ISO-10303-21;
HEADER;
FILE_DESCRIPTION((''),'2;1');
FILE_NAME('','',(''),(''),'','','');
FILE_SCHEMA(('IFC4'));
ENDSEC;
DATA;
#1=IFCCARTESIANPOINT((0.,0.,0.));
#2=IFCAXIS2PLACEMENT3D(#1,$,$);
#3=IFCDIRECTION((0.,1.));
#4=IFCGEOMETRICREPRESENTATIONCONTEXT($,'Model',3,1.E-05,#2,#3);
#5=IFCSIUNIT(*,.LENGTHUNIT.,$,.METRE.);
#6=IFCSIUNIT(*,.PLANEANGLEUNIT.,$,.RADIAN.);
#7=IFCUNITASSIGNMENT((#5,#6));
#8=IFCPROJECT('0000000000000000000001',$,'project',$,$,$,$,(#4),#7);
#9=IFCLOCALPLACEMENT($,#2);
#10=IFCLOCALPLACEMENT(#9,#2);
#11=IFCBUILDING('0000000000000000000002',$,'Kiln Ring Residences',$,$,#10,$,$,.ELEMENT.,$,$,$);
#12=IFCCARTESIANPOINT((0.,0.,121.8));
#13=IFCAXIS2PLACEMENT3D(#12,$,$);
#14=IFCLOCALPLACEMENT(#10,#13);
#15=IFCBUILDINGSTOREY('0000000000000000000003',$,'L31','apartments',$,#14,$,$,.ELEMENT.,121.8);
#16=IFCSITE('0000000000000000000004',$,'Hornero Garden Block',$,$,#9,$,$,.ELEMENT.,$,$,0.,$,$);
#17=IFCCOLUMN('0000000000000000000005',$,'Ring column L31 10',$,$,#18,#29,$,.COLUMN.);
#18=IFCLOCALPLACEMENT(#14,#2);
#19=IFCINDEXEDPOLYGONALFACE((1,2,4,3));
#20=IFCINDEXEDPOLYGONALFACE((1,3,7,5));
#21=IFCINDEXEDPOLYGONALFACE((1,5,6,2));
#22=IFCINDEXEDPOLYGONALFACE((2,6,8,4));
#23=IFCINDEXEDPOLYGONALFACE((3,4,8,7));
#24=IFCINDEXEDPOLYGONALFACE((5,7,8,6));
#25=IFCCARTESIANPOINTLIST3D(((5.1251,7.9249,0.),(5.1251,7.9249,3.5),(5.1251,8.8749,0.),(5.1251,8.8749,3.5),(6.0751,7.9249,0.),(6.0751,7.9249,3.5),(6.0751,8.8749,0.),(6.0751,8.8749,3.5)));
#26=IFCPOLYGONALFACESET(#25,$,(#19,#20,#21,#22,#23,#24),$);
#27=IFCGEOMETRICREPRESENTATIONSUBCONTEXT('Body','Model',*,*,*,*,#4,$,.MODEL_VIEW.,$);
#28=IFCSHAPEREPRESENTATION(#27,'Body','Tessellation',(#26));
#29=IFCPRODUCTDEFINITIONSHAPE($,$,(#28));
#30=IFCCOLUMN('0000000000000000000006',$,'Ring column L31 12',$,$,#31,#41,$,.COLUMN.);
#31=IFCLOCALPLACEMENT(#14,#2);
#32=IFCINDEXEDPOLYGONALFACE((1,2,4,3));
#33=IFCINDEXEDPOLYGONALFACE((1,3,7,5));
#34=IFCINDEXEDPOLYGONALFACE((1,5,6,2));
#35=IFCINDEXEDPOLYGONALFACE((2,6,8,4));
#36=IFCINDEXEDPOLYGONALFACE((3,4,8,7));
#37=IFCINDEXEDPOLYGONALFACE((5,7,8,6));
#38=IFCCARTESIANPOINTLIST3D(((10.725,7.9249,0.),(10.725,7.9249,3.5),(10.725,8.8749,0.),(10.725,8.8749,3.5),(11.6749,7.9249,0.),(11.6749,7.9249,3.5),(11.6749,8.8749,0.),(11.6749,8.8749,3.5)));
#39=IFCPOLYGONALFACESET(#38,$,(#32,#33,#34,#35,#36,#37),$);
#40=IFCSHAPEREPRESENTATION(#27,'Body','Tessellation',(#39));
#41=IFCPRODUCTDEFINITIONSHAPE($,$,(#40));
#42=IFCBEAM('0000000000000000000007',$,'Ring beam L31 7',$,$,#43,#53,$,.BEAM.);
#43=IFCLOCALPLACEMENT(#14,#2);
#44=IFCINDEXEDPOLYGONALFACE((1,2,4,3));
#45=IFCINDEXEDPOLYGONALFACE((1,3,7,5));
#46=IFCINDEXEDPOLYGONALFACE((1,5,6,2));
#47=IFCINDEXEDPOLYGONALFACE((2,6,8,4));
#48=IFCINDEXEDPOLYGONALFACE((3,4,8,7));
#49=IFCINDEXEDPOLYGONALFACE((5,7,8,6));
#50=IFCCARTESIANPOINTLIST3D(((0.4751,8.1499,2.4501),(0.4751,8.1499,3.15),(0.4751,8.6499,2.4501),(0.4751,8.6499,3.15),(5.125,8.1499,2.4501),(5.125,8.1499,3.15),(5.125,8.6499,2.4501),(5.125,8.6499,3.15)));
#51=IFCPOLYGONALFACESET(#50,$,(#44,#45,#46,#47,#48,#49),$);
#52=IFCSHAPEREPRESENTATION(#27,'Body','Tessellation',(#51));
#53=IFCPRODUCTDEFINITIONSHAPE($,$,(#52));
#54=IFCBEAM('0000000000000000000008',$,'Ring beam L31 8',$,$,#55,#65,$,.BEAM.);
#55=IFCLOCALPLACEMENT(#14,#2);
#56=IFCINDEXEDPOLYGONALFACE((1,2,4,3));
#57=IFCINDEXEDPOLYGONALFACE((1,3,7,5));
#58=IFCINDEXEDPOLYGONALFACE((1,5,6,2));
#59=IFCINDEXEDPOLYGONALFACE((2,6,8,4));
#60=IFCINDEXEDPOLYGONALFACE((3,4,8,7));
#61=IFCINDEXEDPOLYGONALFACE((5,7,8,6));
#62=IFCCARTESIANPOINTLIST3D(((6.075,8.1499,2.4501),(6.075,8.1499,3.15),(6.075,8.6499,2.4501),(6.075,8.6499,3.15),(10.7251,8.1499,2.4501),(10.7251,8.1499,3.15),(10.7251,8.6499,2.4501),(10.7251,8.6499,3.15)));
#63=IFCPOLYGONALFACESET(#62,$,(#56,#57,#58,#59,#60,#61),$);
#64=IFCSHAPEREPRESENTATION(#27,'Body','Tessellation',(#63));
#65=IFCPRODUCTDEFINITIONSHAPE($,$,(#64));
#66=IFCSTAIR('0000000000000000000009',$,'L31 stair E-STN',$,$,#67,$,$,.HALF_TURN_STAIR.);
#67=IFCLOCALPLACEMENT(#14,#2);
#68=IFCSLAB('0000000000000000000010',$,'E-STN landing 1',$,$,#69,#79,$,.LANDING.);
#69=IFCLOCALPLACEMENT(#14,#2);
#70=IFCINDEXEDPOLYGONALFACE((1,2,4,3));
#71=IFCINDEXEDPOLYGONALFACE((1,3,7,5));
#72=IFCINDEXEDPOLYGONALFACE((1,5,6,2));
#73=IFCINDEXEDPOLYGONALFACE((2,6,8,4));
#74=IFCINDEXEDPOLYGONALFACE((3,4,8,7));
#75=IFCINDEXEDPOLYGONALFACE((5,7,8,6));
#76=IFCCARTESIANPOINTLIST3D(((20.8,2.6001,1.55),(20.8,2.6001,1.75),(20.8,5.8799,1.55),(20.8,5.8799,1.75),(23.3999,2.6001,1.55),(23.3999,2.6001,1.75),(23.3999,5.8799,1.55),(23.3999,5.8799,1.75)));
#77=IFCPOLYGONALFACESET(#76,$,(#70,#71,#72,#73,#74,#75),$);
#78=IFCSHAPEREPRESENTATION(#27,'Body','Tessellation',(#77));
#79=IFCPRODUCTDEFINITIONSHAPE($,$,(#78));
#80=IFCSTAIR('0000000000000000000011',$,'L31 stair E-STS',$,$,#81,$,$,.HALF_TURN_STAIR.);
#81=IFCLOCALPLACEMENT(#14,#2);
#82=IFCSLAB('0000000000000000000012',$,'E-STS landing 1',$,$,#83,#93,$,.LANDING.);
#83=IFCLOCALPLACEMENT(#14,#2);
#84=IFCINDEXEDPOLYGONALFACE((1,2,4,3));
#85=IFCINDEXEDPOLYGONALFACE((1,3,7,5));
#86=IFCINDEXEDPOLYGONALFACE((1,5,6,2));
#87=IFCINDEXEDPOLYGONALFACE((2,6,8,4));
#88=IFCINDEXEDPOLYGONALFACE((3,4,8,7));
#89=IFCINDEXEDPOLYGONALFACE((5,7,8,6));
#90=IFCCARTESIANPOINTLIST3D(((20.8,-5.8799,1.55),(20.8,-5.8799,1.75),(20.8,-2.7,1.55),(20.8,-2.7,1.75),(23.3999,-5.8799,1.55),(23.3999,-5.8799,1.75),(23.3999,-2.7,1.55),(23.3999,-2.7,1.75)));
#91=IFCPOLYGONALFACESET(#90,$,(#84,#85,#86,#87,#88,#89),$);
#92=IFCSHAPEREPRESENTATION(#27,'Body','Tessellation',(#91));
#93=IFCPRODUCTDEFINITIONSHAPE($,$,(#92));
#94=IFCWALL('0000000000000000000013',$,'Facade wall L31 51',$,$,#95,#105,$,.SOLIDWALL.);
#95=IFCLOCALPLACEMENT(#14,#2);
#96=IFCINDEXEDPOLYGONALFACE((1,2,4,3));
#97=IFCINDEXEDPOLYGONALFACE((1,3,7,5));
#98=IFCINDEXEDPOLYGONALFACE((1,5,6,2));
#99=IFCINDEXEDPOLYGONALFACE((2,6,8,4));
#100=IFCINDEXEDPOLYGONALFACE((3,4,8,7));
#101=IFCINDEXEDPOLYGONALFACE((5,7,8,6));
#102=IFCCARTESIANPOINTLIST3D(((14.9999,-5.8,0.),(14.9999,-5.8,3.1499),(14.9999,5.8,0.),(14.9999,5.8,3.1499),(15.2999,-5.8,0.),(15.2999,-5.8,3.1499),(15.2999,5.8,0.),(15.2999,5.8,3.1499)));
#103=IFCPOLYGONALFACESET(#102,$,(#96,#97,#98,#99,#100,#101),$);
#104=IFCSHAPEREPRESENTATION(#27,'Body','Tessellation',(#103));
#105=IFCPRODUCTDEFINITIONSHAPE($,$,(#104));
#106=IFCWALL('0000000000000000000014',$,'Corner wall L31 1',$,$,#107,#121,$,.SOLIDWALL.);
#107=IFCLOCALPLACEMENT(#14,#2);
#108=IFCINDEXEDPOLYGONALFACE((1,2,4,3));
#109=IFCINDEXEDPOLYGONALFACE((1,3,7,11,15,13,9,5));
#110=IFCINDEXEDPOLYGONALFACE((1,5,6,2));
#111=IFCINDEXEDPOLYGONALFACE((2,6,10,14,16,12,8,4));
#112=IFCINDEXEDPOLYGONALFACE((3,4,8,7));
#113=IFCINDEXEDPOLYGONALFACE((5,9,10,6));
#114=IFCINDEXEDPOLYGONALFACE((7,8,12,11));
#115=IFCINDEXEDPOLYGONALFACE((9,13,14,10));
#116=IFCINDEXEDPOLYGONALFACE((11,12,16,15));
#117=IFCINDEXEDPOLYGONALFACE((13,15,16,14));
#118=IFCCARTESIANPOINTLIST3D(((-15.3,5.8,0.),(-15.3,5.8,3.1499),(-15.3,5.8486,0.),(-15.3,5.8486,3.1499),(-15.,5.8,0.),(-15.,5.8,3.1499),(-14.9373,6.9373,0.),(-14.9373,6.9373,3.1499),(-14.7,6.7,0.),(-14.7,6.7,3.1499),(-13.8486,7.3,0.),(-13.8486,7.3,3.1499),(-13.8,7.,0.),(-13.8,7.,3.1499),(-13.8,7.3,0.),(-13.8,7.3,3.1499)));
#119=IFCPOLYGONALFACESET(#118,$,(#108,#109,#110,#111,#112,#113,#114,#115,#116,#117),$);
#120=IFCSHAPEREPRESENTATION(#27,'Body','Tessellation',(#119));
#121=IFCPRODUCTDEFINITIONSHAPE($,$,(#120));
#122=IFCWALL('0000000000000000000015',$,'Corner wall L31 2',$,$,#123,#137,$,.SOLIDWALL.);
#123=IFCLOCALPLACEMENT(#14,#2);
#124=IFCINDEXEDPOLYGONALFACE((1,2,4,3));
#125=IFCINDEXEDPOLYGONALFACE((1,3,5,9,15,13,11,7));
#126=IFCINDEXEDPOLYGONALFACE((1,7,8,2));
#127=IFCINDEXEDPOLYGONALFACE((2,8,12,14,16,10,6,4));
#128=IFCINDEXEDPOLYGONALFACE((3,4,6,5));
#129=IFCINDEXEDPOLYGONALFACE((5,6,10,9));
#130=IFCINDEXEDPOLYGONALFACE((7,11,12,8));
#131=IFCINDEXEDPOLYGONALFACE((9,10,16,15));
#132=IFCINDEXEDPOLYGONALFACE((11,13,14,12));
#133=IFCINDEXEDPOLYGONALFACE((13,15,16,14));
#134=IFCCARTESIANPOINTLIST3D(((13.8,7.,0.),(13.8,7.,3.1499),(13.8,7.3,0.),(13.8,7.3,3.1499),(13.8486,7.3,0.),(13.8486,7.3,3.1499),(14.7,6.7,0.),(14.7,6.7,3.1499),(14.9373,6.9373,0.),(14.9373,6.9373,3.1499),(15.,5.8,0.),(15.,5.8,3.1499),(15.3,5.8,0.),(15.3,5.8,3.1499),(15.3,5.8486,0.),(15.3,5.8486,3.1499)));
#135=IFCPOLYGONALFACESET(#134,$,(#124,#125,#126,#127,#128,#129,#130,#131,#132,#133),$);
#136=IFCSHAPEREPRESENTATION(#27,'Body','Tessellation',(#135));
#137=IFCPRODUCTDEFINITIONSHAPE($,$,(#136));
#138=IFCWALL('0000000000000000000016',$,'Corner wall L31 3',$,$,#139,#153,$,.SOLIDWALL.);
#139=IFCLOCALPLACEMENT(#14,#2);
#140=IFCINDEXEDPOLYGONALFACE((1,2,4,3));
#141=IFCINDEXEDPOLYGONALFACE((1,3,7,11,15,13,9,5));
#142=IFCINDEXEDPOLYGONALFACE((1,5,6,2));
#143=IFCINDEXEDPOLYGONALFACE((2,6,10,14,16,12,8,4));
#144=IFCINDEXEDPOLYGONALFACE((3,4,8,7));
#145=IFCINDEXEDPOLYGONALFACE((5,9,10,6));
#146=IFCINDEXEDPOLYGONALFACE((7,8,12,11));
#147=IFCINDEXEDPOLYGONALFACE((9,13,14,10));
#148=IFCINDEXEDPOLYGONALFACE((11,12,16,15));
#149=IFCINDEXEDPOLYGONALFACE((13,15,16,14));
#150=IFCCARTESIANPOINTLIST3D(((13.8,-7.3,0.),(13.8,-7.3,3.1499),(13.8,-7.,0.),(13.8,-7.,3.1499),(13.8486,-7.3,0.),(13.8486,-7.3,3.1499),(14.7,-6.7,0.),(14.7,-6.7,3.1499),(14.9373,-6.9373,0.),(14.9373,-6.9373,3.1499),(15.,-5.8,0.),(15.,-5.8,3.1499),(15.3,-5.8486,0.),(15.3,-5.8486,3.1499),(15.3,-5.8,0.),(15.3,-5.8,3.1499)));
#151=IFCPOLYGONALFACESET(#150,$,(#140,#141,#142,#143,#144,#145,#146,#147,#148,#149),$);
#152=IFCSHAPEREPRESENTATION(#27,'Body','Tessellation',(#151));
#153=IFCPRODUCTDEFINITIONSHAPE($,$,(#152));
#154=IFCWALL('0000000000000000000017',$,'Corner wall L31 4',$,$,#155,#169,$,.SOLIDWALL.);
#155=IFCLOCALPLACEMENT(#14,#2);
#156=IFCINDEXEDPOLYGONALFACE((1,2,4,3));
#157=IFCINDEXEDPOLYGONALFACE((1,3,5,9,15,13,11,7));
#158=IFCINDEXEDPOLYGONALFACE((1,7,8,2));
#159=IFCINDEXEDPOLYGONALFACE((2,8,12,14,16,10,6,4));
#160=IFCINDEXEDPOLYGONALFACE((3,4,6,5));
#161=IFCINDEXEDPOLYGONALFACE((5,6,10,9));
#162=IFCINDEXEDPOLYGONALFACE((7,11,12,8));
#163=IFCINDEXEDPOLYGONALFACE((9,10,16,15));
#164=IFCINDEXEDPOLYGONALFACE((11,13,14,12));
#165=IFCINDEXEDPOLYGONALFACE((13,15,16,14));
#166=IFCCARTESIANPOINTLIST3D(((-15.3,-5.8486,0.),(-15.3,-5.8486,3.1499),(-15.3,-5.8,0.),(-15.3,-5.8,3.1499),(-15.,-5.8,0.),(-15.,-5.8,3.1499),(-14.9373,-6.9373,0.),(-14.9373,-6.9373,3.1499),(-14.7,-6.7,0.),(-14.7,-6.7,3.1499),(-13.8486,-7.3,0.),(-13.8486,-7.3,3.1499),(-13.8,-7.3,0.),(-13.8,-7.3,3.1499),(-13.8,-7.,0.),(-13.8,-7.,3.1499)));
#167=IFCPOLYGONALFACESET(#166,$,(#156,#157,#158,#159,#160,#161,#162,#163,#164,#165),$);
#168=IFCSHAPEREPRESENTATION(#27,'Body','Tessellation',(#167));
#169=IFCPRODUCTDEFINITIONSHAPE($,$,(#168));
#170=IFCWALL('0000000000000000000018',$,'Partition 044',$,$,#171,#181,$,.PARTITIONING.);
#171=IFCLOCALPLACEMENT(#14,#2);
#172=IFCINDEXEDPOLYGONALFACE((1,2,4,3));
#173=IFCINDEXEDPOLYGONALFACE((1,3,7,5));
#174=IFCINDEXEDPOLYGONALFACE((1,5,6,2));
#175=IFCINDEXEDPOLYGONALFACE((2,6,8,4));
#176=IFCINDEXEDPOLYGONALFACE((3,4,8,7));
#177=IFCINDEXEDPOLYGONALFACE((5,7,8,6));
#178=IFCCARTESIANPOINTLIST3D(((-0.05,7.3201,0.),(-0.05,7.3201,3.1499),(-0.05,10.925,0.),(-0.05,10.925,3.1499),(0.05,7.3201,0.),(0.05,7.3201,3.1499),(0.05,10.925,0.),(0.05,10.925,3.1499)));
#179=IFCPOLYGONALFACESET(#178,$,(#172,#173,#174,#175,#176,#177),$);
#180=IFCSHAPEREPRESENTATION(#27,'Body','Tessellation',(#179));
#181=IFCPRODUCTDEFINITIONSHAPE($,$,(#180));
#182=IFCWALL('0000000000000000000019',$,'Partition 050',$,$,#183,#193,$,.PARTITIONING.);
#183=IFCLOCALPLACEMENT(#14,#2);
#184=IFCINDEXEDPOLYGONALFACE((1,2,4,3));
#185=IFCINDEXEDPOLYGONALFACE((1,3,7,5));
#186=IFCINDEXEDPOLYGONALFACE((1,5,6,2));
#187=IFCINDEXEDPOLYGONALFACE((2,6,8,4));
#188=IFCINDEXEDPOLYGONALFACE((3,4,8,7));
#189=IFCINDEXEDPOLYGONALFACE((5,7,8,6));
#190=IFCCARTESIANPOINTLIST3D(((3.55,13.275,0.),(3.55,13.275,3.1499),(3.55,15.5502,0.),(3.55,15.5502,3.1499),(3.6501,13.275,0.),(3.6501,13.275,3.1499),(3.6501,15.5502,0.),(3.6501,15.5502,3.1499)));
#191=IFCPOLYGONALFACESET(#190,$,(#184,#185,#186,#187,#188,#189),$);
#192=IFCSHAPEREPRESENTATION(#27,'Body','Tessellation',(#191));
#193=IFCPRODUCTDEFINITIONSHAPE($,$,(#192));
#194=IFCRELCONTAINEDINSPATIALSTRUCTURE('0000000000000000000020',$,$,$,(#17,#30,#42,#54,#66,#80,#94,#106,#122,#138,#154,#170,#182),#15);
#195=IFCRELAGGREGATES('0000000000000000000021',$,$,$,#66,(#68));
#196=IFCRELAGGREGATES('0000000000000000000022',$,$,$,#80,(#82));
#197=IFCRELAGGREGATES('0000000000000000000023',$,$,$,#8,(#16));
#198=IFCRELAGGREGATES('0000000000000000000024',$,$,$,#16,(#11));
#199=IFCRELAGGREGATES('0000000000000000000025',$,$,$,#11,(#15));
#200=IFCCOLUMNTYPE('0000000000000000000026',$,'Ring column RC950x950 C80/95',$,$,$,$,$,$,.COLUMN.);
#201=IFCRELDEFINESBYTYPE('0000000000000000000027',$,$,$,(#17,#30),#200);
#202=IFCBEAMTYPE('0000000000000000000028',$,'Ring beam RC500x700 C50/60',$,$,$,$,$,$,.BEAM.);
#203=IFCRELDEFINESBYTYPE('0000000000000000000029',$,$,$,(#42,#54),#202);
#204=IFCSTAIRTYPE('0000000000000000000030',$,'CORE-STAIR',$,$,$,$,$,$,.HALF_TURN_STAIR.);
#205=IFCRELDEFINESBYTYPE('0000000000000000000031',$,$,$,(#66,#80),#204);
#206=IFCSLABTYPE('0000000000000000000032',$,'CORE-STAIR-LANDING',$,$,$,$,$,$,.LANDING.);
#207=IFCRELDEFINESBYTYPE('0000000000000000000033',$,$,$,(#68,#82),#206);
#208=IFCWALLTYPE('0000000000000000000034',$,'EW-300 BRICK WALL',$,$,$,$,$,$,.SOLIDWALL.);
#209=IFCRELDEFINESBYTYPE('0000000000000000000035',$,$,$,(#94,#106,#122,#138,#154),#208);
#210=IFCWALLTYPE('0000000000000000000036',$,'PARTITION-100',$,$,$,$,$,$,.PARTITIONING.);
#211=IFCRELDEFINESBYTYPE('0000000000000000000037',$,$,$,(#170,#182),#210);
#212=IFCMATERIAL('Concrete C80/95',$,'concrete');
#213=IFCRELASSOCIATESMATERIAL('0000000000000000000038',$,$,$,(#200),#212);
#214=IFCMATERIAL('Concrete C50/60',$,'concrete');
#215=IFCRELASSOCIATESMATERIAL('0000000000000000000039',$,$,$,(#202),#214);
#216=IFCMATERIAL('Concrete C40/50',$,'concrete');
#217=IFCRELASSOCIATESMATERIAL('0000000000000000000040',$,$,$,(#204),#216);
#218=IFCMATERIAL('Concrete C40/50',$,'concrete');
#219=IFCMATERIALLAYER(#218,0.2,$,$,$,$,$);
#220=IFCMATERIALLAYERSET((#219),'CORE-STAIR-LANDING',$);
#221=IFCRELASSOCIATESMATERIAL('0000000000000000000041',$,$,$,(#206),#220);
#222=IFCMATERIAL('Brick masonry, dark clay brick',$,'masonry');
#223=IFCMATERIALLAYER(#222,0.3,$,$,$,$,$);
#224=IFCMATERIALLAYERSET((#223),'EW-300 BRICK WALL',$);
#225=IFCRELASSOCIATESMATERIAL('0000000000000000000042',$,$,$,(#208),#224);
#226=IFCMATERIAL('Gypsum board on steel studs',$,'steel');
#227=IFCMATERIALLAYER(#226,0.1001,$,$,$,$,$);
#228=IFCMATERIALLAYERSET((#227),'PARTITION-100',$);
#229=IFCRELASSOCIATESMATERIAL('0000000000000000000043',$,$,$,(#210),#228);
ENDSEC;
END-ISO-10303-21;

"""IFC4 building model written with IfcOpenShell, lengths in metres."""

from ifc_helpers import new_model, si_unit, direction, frame, frame_2d, origin, origin_2d, place, context, subcontext, project, spatial, polyline, rectangle, outline, extrude, material, layer, layer_set, material_profile, profile_set, type_object, element, aggregate, save


model = new_model("IFC4")

# Units and contexts
model_context = context("Model", 3, precision=1e-05, world=origin(), true_north=direction((0.0, 1.0)))
body_context = subcontext(model_context, "Body", "Model", "MODEL_VIEW")
ifc_project = project(units=[si_unit("LENGTHUNIT", "METRE"), si_unit("PLANEANGLEUNIT", "RADIAN")], contexts=[model_context])

# Site, building, storey
site_placement = place(None, origin())
site = spatial("IfcSite", under=ifc_project, at=site_placement, Name="Hornero Garden Block", CompositionType="ELEMENT", RefElevation=0.0)
building_placement = place(site_placement, origin())
building = spatial("IfcBuilding", under=site, at=building_placement, Name="Kiln Ring Residences", CompositionType="ELEMENT")
storey_placement = place(building_placement, frame((0.0, 0.0, 121.8)))
storey = spatial("IfcBuildingStorey", under=building, at=storey_placement, Name="L31", Description="apartments", CompositionType="ELEMENT", Elevation=121.8)

# Columns
ifc_material_1 = material(Name="Concrete C80/95", Category="concrete")
ifc_material_profile_1 = material_profile(ifc_material_1, rectangle(XDim=0.95, YDim=0.95, at=origin_2d()), Name="RC950x950")
ifc_profile_set_1 = profile_set([ifc_material_profile_1], Name="Concrete C80/95")
column_type = type_object("IfcColumnType", Name="Ring column RC950x950 C80/95", PredefinedType="COLUMN", material=ifc_profile_set_1)
for number, where, z_axis, x_axis, name in (
    (1, (5.6001, 8.3999, 0.0), (0.0, 0.0, 1.0), (1.0, 0.0, 0.0), "Ring column L31 10"),
    (2, (11.2, 8.3999, 0.0), (0.0, 0.0, 1.0), (1.0, 0.0, 0.0), "Ring column L31 12"),
):
    element("IfcColumn", number, at=place(storey_placement, frame(where, z_axis=z_axis, x_axis=x_axis)), inside=storey, type_object=column_type, Name=name, PredefinedType="COLUMN", context=body_context, shape_type="SweptSolid", body=[
        extrude(rectangle(XDim=0.95, YDim=0.95, at=origin_2d()), origin(), (0.0, 0.0, 1.0), 3.5),
    ])

# Beams
ifc_material_2 = material(Name="Concrete C50/60", Category="concrete")
ifc_material_profile_2 = material_profile(ifc_material_2, rectangle(XDim=0.5, YDim=0.7, at=origin_2d()), Name="RC500x700")
ifc_profile_set_2 = profile_set([ifc_material_profile_2], Name="Concrete C50/60")
beam_type = type_object("IfcBeamType", Name="Ring beam RC500x700 C50/60", PredefinedType="BEAM", material=ifc_profile_set_2)
beam_1_placement = place(storey_placement, frame((0.4751, 8.3999, 2.8), z_axis=(1.0, 0.0, 0.0), x_axis=(0.0, 1.0, 0.0)))
element("IfcBeam", 3, at=beam_1_placement, inside=storey, type_object=beam_type, Name="Ring beam L31 7", PredefinedType="BEAM", context=body_context, shape_type="SweptSolid", body=[
    extrude(rectangle(XDim=0.5, YDim=0.7, at=origin_2d()), origin(), (0.0, 0.0, 1.0), 4.6499),
])
beam_2_placement = place(storey_placement, frame((6.075, 8.3999, 2.8), z_axis=(1.0, 0.0, 0.0), x_axis=(0.0, 1.0, 0.0)))
element("IfcBeam", 4, at=beam_2_placement, inside=storey, type_object=beam_type, Name="Ring beam L31 8", PredefinedType="BEAM", context=body_context, shape_type="SweptSolid", body=[
    extrude(rectangle(XDim=0.5, YDim=0.7, at=origin_2d()), origin(), (0.0, 0.0, 1.0), 4.6501),
])

# Stairs, slabs
ifc_material_3 = material(Name="Concrete C40/50", Category="concrete")
stair_type = type_object("IfcStairType", Name="CORE-STAIR", PredefinedType="HALF_TURN_STAIR", material=ifc_material_3)
placement_1 = place(storey_placement, origin())
stair_1 = element("IfcStair", 5, at=placement_1, inside=storey, type_object=stair_type, Name="L31 stair E-STN", PredefinedType="HALF_TURN_STAIR")
ifc_material_4 = material(Name="Concrete C40/50", Category="concrete")
ifc_layer_1 = layer(ifc_material_4, 0.2)
ifc_layer_set_1 = layer_set([ifc_layer_1], Name="CORE-STAIR-LANDING")
slab_type = type_object("IfcSlabType", Name="CORE-STAIR-LANDING", PredefinedType="LANDING", material=ifc_layer_set_1)
placement_2 = place(storey_placement, frame((0.0, 0.0, 1.55)))
slab_1 = element("IfcSlab", 6, at=placement_2, type_object=slab_type, Name="E-STN landing 1", PredefinedType="LANDING", context=body_context, shape_type="SweptSolid", body=[
    extrude(outline(polyline([(20.8, 5.8799), (20.8, 2.6001), (23.3999, 2.6001), (23.3999, 5.8799), (20.8, 5.8799)])), origin(), (0.0, 0.0, 1.0), 0.2),
])
aggregate(stair_1, [slab_1])
stair_2 = element("IfcStair", 7, at=placement_1, inside=storey, type_object=stair_type, Name="L31 stair E-STS", PredefinedType="HALF_TURN_STAIR")
slab_2 = element("IfcSlab", 8, at=placement_2, type_object=slab_type, Name="E-STS landing 1", PredefinedType="LANDING", context=body_context, shape_type="SweptSolid", body=[
    extrude(outline(polyline([(23.3999, -5.8799), (23.3999, -2.7), (20.8, -2.7), (20.8, -5.8799), (23.3999, -5.8799)])), origin(), (0.0, 0.0, 1.0), 0.2),
])
aggregate(stair_2, [slab_2])

# Walls
ifc_material_5 = material(Name="Brick masonry, dark clay brick", Category="masonry")
ifc_layer_2 = layer(ifc_material_5, 0.3)
ifc_layer_set_2 = layer_set([ifc_layer_2], Name="EW-300 BRICK WALL")
wall_type_1 = type_object("IfcWallType", Name="EW-300 BRICK WALL", PredefinedType="SOLIDWALL", material=ifc_layer_set_2)
wall_1_placement = place(storey_placement, frame((15.1499, 5.8, 0.0), z_axis=(0.0, 0.0, 1.0), x_axis=(0.0, -1.0, 0.0)))
element("IfcWall", 9, at=wall_1_placement, inside=storey, type_object=wall_type_1, Name="Facade wall L31 51", PredefinedType="SOLIDWALL", context=body_context, shape_type="SweptSolid", body=[
    extrude(rectangle(XDim=11.6001, YDim=0.3, at=frame_2d((5.8, 0.0))), origin(), (0.0, 0.0, 1.0), 3.1499),
])
element("IfcWall", 10, at=placement_1, inside=storey, type_object=wall_type_1, Name="Corner wall L31 1", PredefinedType="SOLIDWALL", context=body_context, shape_type="SweptSolid", body=[
    extrude(outline(polyline([(-13.8486, 7.3), (-14.9373, 6.9373), (-15.3, 5.8486), (-15.3, 5.8), (-15.0, 5.8), (-14.7, 6.7), (-13.8, 7.0), (-13.8, 7.3), (-13.8486, 7.3)])), origin(), (0.0, 0.0, 1.0), 3.1499),
])
element("IfcWall", 11, at=placement_1, inside=storey, type_object=wall_type_1, Name="Corner wall L31 2", PredefinedType="SOLIDWALL", context=body_context, shape_type="SweptSolid", body=[
    extrude(outline(polyline([(14.9373, 6.9373), (13.8486, 7.3), (13.8, 7.3), (13.8, 7.0), (14.7, 6.7), (15.0, 5.8), (15.3, 5.8), (15.3, 5.8486), (14.9373, 6.9373)])), origin(), (0.0, 0.0, 1.0), 3.1499),
])
element("IfcWall", 12, at=placement_1, inside=storey, type_object=wall_type_1, Name="Corner wall L31 3", PredefinedType="SOLIDWALL", context=body_context, shape_type="SweptSolid", body=[
    extrude(outline(polyline([(14.9373, -6.9373), (15.3, -5.8486), (15.3, -5.8), (15.0, -5.8), (14.7, -6.7), (13.8, -7.0), (13.8, -7.3), (13.8486, -7.3), (14.9373, -6.9373)])), origin(), (0.0, 0.0, 1.0), 3.1499),
])
element("IfcWall", 13, at=placement_1, inside=storey, type_object=wall_type_1, Name="Corner wall L31 4", PredefinedType="SOLIDWALL", context=body_context, shape_type="SweptSolid", body=[
    extrude(outline(polyline([(-14.9373, -6.9373), (-13.8486, -7.3), (-13.8, -7.3), (-13.8, -7.0), (-14.7, -6.7), (-15.0, -5.8), (-15.3, -5.8), (-15.3, -5.8486), (-14.9373, -6.9373)])), origin(), (0.0, 0.0, 1.0), 3.1499),
])
ifc_material_6 = material(Name="Gypsum board on steel studs", Category="steel")
ifc_layer_3 = layer(ifc_material_6, 0.1001)
ifc_layer_set_3 = layer_set([ifc_layer_3], Name="PARTITION-100")
wall_type_2 = type_object("IfcWallType", Name="PARTITION-100", PredefinedType="PARTITIONING", material=ifc_layer_set_3)
wall_2_placement = place(storey_placement, frame((0.0, 7.3201, 0.0), z_axis=(0.0, 0.0, 1.0), x_axis=(0.0, 1.0, 0.0)))
element("IfcWall", 14, at=wall_2_placement, inside=storey, type_object=wall_type_2, Name="Partition 044", PredefinedType="PARTITIONING", context=body_context, shape_type="SweptSolid", body=[
    extrude(rectangle(XDim=3.605, YDim=0.1001, at=frame_2d((1.8025, 0.0))), origin(), (0.0, 0.0, 1.0), 3.1499),
])
wall_3_placement = place(storey_placement, frame((3.6001, 13.2749, 0.0), z_axis=(0.0, 0.0, 1.0), x_axis=(0.0, 1.0, 0.0)))
element("IfcWall", 15, at=wall_3_placement, inside=storey, type_object=wall_type_2, Name="Partition 050", PredefinedType="PARTITIONING", context=body_context, shape_type="SweptSolid", body=[
    extrude(rectangle(XDim=2.2751, YDim=0.1001, at=frame_2d((1.1377, 0.0))), origin(), (0.0, 0.0, 1.0), 3.1499),
])

save(model, "model.ifc")
